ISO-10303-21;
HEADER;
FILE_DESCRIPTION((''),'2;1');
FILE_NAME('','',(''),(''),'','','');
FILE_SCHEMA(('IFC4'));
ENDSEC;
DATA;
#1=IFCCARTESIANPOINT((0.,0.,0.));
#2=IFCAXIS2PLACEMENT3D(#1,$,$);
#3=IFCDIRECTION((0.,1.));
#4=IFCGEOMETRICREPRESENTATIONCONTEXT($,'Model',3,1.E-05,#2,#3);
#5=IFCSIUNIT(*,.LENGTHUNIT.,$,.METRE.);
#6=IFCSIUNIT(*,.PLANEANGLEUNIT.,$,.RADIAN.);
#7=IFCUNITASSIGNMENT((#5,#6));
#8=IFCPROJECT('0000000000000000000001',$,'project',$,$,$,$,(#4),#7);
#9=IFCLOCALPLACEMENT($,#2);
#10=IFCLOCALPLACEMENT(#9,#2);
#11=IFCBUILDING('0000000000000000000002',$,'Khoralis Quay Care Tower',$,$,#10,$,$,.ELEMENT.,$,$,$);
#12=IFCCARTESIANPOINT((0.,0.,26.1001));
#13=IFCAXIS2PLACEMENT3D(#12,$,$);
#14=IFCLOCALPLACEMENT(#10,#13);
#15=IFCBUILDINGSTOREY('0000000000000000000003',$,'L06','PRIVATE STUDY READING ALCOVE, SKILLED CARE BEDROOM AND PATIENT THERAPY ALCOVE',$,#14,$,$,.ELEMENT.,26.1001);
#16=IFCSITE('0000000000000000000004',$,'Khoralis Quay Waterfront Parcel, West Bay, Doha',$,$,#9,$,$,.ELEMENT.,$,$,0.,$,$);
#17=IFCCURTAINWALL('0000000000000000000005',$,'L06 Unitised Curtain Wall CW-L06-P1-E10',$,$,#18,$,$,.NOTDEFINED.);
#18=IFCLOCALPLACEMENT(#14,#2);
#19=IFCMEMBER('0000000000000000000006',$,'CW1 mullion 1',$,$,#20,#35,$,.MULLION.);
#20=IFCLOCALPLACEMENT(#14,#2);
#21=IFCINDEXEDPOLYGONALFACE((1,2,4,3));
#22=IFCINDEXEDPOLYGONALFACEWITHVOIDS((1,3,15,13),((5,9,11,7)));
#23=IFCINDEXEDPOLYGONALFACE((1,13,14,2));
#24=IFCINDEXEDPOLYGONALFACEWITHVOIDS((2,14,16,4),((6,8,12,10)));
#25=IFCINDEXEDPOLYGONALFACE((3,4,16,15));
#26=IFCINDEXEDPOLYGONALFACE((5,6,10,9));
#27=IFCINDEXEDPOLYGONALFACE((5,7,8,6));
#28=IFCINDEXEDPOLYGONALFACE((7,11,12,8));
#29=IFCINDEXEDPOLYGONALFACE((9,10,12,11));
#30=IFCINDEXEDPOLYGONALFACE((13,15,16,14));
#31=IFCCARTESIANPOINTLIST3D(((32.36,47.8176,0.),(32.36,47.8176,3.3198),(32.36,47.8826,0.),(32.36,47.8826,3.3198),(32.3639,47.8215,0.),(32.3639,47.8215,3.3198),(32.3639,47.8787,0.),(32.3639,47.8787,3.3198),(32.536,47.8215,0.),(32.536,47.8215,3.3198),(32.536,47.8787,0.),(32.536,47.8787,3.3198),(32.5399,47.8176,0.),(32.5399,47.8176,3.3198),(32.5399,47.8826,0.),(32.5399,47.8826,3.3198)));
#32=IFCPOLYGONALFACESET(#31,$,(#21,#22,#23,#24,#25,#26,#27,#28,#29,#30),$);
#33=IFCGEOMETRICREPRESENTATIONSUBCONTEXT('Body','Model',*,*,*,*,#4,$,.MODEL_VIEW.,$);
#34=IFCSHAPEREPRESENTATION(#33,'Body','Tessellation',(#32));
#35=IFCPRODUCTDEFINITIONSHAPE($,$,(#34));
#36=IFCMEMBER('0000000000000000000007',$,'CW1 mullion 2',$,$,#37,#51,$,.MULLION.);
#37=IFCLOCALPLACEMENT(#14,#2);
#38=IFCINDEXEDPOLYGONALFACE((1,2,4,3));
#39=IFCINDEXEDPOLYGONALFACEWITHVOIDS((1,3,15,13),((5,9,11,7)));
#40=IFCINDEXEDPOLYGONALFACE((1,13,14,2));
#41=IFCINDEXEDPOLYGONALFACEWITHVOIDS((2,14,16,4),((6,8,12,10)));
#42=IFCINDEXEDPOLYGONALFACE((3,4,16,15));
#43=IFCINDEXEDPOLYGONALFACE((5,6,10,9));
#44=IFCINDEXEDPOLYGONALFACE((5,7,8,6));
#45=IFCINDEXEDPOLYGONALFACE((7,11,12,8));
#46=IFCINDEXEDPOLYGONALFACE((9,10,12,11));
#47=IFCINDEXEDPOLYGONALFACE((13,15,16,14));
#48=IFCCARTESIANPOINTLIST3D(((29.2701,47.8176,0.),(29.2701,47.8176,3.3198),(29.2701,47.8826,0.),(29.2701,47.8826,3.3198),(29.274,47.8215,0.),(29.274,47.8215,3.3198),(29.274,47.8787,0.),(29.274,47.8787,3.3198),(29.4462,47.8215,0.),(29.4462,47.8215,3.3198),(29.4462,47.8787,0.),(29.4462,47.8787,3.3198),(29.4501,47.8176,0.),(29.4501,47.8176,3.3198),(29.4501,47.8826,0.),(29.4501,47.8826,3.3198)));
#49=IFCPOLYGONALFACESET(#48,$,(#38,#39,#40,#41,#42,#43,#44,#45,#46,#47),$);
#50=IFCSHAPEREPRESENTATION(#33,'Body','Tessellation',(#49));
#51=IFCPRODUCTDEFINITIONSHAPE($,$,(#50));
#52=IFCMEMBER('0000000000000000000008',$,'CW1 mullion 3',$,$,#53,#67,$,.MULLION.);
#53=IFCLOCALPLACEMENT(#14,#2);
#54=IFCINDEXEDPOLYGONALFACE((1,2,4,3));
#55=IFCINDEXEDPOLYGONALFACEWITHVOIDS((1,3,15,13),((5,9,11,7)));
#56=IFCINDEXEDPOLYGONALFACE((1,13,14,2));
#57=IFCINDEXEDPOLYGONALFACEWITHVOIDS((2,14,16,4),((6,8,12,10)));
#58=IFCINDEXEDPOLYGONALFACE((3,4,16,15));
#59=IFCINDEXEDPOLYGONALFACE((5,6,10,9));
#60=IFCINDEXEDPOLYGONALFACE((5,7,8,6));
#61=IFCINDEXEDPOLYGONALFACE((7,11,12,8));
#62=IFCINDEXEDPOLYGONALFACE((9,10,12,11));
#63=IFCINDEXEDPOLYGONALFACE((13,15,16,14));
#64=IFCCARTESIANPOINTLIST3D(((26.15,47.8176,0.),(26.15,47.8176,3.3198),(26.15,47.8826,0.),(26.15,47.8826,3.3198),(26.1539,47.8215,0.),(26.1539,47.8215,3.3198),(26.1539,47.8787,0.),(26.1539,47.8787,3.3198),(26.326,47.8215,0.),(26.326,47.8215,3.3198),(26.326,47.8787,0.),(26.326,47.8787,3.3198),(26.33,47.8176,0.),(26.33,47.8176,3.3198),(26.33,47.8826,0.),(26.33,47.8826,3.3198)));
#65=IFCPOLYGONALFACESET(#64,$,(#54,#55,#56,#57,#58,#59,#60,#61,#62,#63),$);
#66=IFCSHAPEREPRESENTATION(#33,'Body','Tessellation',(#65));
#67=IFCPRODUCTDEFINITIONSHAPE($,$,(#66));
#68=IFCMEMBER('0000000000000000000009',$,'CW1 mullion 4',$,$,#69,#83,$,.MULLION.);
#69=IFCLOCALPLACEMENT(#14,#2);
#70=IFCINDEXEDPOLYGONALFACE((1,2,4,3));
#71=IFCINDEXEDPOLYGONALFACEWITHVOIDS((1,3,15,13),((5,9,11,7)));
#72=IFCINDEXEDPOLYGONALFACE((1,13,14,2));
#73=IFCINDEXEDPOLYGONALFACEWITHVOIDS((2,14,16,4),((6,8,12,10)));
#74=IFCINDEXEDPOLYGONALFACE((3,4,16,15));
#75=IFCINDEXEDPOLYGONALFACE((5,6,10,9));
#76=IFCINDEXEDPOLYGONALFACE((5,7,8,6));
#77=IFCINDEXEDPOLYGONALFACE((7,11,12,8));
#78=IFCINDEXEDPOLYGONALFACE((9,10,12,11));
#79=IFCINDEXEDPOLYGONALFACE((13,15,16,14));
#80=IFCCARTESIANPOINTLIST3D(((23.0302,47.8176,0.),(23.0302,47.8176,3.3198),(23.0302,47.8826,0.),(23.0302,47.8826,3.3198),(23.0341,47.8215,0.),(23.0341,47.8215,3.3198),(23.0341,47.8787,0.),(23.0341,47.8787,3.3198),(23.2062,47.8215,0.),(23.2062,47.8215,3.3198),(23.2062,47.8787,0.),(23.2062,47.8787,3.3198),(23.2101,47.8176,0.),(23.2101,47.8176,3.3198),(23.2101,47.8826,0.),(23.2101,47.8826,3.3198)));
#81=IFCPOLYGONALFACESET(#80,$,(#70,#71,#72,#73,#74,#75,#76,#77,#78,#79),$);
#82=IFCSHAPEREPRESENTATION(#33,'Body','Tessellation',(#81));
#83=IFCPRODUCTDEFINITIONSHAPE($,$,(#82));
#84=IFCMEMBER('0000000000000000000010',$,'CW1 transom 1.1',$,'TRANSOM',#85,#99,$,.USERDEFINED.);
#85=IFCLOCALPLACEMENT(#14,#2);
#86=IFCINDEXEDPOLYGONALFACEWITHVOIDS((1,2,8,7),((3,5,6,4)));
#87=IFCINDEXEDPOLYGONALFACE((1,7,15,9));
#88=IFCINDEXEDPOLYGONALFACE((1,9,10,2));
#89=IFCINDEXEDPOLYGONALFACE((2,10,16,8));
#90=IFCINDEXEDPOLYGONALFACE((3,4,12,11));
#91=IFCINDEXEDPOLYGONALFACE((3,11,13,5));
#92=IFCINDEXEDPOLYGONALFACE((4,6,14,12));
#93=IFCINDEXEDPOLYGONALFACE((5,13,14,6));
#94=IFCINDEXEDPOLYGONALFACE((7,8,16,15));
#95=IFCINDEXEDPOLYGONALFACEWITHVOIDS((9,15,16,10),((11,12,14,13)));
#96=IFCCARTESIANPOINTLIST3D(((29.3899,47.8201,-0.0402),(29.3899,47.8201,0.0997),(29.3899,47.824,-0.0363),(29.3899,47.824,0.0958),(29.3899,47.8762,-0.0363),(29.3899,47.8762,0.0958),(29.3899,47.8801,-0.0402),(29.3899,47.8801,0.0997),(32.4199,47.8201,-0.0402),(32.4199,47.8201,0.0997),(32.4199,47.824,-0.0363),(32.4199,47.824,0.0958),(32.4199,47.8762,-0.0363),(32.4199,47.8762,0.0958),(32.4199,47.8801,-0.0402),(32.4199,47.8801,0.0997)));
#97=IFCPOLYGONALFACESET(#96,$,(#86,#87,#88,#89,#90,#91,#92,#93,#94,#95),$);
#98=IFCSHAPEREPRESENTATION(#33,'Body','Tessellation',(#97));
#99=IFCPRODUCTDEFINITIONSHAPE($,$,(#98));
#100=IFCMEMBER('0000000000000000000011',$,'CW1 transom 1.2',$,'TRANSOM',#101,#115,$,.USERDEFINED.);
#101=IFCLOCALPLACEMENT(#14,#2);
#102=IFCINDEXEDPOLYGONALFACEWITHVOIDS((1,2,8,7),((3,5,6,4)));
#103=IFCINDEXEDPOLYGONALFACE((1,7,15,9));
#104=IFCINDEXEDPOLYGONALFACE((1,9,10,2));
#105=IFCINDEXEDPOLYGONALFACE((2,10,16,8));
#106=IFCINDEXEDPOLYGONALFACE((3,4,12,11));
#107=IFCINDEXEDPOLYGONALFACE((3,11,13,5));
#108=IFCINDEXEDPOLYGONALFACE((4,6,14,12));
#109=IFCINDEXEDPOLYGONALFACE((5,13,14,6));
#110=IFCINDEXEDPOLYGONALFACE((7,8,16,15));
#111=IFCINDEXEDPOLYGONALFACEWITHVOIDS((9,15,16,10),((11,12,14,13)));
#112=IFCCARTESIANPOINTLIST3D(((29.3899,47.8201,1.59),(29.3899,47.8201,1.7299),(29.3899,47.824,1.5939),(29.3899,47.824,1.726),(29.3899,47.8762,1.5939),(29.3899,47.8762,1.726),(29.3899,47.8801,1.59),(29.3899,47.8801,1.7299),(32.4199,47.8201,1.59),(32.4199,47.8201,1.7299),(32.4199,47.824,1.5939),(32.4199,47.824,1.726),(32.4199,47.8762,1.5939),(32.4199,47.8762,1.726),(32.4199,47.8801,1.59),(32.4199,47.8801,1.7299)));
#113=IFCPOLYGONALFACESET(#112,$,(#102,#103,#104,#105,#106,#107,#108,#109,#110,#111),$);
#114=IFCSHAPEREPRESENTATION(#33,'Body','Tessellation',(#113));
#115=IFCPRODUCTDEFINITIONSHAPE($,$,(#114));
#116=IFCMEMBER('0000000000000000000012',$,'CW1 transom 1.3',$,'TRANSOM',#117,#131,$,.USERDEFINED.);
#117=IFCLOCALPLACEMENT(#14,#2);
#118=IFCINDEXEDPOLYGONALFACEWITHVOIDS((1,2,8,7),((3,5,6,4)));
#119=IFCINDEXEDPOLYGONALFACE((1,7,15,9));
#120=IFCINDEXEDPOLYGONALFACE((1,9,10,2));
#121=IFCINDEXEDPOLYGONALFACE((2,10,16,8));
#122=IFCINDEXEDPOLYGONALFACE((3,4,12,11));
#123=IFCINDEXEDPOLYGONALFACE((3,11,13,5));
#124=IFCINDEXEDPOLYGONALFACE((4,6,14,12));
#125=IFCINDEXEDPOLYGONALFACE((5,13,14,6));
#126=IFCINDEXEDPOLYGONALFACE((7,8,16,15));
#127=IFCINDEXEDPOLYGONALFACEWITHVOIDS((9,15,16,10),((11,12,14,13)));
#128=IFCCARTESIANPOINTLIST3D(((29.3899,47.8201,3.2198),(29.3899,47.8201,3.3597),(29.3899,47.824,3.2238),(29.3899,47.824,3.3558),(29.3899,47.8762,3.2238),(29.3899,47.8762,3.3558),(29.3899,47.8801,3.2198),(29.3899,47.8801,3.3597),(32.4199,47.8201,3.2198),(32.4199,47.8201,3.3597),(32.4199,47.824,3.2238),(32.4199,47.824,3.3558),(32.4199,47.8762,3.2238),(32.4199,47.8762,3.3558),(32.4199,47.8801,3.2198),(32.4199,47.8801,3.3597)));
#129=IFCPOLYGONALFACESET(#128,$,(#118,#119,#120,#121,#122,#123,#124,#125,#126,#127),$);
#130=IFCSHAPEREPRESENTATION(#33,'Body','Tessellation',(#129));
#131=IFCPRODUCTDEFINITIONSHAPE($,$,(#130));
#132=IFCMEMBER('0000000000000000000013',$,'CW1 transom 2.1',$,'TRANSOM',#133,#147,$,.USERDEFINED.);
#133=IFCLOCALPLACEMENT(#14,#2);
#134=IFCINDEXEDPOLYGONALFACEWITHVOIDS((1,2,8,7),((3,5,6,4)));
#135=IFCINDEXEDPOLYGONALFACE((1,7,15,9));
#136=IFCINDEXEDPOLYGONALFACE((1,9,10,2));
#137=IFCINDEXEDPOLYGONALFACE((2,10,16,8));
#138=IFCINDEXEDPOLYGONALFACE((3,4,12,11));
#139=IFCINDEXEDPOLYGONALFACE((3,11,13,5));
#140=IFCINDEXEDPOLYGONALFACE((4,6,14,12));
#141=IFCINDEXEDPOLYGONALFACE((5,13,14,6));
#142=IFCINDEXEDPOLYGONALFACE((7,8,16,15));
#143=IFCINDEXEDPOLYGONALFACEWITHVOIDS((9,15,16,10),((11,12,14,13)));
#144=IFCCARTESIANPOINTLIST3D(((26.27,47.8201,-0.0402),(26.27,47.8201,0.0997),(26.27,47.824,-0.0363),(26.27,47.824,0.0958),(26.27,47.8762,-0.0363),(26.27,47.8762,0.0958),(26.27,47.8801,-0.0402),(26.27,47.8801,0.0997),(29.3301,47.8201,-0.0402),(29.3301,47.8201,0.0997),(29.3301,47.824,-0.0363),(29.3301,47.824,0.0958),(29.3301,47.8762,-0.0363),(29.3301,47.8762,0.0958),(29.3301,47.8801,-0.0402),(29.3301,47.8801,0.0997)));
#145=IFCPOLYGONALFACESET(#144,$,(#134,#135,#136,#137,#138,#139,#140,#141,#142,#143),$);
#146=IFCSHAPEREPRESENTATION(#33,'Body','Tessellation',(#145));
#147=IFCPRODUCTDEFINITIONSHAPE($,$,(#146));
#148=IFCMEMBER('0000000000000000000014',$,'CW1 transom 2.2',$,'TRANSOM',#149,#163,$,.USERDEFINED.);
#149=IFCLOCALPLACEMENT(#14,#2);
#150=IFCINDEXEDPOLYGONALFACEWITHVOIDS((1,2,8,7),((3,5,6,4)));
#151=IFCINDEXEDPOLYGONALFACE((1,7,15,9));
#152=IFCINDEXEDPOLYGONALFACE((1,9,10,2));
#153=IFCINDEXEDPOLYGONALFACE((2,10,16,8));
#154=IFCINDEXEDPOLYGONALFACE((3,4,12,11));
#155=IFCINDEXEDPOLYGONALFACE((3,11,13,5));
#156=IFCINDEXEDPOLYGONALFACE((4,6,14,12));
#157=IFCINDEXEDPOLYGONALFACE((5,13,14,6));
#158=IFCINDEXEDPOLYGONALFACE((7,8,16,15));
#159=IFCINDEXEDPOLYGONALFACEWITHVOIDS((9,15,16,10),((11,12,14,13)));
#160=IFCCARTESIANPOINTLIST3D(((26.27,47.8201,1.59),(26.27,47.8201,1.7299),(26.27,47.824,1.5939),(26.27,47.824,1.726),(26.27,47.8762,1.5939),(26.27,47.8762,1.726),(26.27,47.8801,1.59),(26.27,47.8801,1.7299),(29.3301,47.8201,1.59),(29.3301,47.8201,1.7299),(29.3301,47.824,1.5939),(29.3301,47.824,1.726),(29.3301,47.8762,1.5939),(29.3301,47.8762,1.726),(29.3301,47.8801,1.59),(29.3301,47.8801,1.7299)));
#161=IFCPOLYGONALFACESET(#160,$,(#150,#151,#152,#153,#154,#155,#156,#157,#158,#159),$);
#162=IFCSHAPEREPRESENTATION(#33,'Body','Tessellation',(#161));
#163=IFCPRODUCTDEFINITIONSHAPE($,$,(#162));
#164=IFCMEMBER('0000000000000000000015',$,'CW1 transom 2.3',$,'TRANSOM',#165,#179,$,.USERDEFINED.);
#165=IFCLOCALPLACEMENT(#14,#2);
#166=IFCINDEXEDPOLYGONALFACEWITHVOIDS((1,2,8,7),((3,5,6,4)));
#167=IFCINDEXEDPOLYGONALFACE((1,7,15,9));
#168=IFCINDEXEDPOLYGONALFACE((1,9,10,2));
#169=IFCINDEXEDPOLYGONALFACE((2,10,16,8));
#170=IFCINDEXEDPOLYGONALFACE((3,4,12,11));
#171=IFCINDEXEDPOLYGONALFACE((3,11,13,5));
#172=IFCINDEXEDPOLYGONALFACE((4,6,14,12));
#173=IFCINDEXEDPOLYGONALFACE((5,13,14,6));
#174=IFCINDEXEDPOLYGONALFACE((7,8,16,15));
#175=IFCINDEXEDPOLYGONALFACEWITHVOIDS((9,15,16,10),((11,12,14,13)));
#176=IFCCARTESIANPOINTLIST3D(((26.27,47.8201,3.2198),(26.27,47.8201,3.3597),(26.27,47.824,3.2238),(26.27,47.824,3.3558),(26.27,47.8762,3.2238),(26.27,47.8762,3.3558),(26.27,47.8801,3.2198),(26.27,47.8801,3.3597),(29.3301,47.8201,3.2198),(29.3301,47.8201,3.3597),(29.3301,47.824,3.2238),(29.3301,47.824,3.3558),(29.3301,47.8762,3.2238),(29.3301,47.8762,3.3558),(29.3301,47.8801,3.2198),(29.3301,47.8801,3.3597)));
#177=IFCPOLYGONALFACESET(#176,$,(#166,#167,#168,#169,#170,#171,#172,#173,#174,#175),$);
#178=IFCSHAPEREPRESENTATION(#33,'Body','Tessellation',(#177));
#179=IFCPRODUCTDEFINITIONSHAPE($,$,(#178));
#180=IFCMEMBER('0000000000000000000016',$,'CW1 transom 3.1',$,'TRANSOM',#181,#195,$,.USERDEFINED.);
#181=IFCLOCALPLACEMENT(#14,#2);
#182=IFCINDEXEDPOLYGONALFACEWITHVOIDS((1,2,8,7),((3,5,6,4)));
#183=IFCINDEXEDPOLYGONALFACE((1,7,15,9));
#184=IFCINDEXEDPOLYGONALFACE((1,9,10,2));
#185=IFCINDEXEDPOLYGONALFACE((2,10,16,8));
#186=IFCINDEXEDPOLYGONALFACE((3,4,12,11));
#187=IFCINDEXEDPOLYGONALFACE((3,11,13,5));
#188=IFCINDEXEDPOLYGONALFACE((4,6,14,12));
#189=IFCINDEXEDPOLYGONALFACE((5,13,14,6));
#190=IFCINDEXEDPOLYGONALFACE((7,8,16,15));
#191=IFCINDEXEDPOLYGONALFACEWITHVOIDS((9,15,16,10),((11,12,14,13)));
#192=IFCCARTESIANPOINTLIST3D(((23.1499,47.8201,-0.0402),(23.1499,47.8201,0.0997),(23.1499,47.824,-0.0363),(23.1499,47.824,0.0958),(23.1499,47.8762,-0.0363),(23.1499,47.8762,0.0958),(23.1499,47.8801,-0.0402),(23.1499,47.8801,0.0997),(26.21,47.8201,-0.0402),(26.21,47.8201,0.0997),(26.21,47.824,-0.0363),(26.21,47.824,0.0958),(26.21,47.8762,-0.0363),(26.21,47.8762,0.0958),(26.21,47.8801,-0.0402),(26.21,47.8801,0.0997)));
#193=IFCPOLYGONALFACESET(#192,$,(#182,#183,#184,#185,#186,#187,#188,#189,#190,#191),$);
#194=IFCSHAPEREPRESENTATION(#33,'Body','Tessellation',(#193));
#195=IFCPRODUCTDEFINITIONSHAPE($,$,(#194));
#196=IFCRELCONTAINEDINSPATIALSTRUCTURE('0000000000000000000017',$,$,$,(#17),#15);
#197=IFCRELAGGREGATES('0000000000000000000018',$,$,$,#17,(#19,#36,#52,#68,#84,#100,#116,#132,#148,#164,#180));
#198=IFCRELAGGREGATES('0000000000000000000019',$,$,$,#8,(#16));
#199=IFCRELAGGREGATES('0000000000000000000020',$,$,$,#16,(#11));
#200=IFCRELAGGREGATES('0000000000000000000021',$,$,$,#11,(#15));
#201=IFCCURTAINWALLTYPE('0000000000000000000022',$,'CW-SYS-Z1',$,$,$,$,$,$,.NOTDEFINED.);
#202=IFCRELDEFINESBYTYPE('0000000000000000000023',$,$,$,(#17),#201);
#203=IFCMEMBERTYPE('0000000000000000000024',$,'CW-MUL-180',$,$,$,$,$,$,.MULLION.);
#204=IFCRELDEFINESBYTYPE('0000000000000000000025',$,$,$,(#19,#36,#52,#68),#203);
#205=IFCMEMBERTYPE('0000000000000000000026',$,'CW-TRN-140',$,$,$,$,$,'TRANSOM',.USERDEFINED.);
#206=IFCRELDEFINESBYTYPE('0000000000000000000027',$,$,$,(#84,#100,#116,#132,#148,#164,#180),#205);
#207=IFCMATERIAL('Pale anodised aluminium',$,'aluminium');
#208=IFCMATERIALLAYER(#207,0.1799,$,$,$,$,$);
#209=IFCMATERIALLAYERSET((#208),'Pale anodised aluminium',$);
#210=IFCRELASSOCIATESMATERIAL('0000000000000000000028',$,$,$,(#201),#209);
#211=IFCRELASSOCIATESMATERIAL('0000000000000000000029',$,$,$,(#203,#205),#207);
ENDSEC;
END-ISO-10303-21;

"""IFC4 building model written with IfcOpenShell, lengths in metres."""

from ifc_helpers import new_model, si_unit, direction, frame, origin, origin_2d, place, context, subcontext, project, spatial, hollow_rectangle, extrude, source, transform, mapped, material, layer, layer_set, material_profile, profile_set, type_object, element, aggregate, save


model = new_model("IFC4")

# Units and contexts
model_context = context("Model", 3, precision=1e-05, world=origin(), true_north=direction((0.0, 1.0)))
body_context = subcontext(model_context, "Body", "Model", "MODEL_VIEW")
ifc_project = project(units=[si_unit("LENGTHUNIT", "METRE"), si_unit("PLANEANGLEUNIT", "RADIAN")], contexts=[model_context])

# Site, building, storey
site_placement = place(None, origin())
site = spatial("IfcSite", under=ifc_project, at=site_placement, Name="Khoralis Quay Waterfront Parcel, West Bay, Doha", CompositionType="ELEMENT", RefElevation=0.0)
building_placement = place(site_placement, origin())
building = spatial("IfcBuilding", under=site, at=building_placement, Name="Khoralis Quay Care Tower", CompositionType="ELEMENT")
storey_placement = place(building_placement, frame((0.0, 0.0, 26.1001)))
storey = spatial("IfcBuildingStorey", under=building, at=storey_placement, Name="L06", Description="PRIVATE STUDY READING ALCOVE, SKILLED CARE BEDROOM AND PATIENT THERAPY ALCOVE", CompositionType="ELEMENT", Elevation=26.1001)

# Curtain wall, members
ifc_material_1 = material(Name="Pale anodised aluminium", Category="aluminium")
ifc_layer_1 = layer(ifc_material_1, 0.1799)
ifc_layer_set_1 = layer_set([ifc_layer_1], Name="Pale anodised aluminium")
curtain_wall_type = type_object("IfcCurtainWallType", Name="CW-SYS-Z1", PredefinedType="NOTDEFINED", material=ifc_layer_set_1)
curtain_wall_placement = place(storey_placement, origin())
curtain_wall = element("IfcCurtainWall", 1, at=curtain_wall_placement, inside=storey, type_object=curtain_wall_type, Name="L06 Unitised Curtain Wall CW-L06-P1-E10", PredefinedType="NOTDEFINED")
ifc_material_profile_1 = material_profile(ifc_material_1, hollow_rectangle(XDim=0.0649, YDim=0.1799, WallThickness=0.0039, at=origin_2d()), Name="Pale anodised aluminium")
ifc_profile_set_1 = profile_set([ifc_material_profile_1], Name="Pale anodised aluminium")
member_type_1 = type_object("IfcMemberType", Name="CW-MUL-180", PredefinedType="MULLION", material=ifc_profile_set_1)
shared_shape_1 = source(origin(), body_context, "Body", "SweptSolid", [
    extrude(hollow_rectangle(XDim=0.0649, YDim=0.1799, WallThickness=0.0039, at=origin_2d()), origin(), (0.0, 0.0, 1.0), 3.3198),
])
member_1_placement = place(storey_placement, frame((32.45, 47.8501, 0.0), z_axis=(0.0, 0.0, 1.0), x_axis=(0.0, -1.0, 0.0)))
member_1 = element("IfcMember", 2, at=member_1_placement, type_object=member_type_1, Name="CW1 mullion 1", PredefinedType="MULLION", context=body_context, shape_type="MappedRepresentation", body=[
    mapped(shared_shape_1, transform((0.0, 0.0, 0.0), scale=1.0)),
])
member_2_placement = place(storey_placement, frame((29.3601, 47.8501, 0.0), z_axis=(0.0, 0.0, 1.0), x_axis=(0.0, -1.0, 0.0)))
member_2 = element("IfcMember", 3, at=member_2_placement, type_object=member_type_1, Name="CW1 mullion 2", PredefinedType="MULLION", context=body_context, shape_type="MappedRepresentation", body=[
    mapped(shared_shape_1, transform((0.0, 0.0, 0.0), scale=1.0)),
])
member_3_placement = place(storey_placement, frame((26.24, 47.8501, 0.0), z_axis=(0.0, 0.0, 1.0), x_axis=(0.0, -1.0, 0.0)))
member_3 = element("IfcMember", 4, at=member_3_placement, type_object=member_type_1, Name="CW1 mullion 3", PredefinedType="MULLION", context=body_context, shape_type="MappedRepresentation", body=[
    mapped(shared_shape_1, transform((0.0, 0.0, 0.0), scale=1.0)),
])
member_4_placement = place(storey_placement, frame((23.1201, 47.8501, 0.0), z_axis=(0.0, 0.0, 1.0), x_axis=(0.0, -1.0, 0.0)))
member_4 = element("IfcMember", 5, at=member_4_placement, type_object=member_type_1, Name="CW1 mullion 4", PredefinedType="MULLION", context=body_context, shape_type="MappedRepresentation", body=[
    mapped(shared_shape_1, transform((0.0, 0.0, 0.0), scale=1.0)),
])
ifc_material_profile_2 = material_profile(ifc_material_1, hollow_rectangle(XDim=0.0601, YDim=0.1399, WallThickness=0.0039, at=origin_2d()), Name="Pale anodised aluminium")
ifc_profile_set_2 = profile_set([ifc_material_profile_2], Name="Pale anodised aluminium")
member_type_2 = type_object("IfcMemberType", Name="CW-TRN-140", ElementType="TRANSOM", PredefinedType="USERDEFINED", material=ifc_profile_set_2)
shared_shape_2 = source(origin(), body_context, "Body", "SweptSolid", [
    extrude(hollow_rectangle(XDim=0.0601, YDim=0.1399, WallThickness=0.0039, at=origin_2d()), origin(), (0.0, 0.0, 1.0), 3.03),
])
member_5_placement = place(storey_placement, frame((32.4199, 47.8501, 0.0298), z_axis=(-1.0, 0.0, 0.0), x_axis=(0.0, -1.0, 0.0)))
member_5 = element("IfcMember", 6, at=member_5_placement, type_object=member_type_2, Name="CW1 transom 1.1", ObjectType="TRANSOM", PredefinedType="USERDEFINED", context=body_context, shape_type="MappedRepresentation", body=[
    mapped(shared_shape_2, transform((0.0, 0.0, 0.0), scale=1.0)),
])
member_6_placement = place(storey_placement, frame((32.4199, 47.8501, 1.6599), z_axis=(-1.0, 0.0, 0.0), x_axis=(0.0, -1.0, 0.0)))
member_6 = element("IfcMember", 7, at=member_6_placement, type_object=member_type_2, Name="CW1 transom 1.2", ObjectType="TRANSOM", PredefinedType="USERDEFINED", context=body_context, shape_type="MappedRepresentation", body=[
    mapped(shared_shape_2, transform((0.0, 0.0, 0.0), scale=1.0)),
])
member_7_placement = place(storey_placement, frame((32.4199, 47.8501, 3.2898), z_axis=(-1.0, 0.0, 0.0), x_axis=(0.0, -1.0, 0.0)))
member_7 = element("IfcMember", 8, at=member_7_placement, type_object=member_type_2, Name="CW1 transom 1.3", ObjectType="TRANSOM", PredefinedType="USERDEFINED", context=body_context, shape_type="MappedRepresentation", body=[
    mapped(shared_shape_2, transform((0.0, 0.0, 0.0), scale=1.0)),
])
shared_shape_3 = source(origin(), body_context, "Body", "SweptSolid", [
    extrude(hollow_rectangle(XDim=0.0601, YDim=0.1399, WallThickness=0.0039, at=origin_2d()), origin(), (0.0, 0.0, 1.0), 3.0601),
])
member_8_placement = place(storey_placement, frame((29.3301, 47.8501, 0.0298), z_axis=(-1.0, 0.0, 0.0), x_axis=(0.0, -1.0, 0.0)))
member_8 = element("IfcMember", 9, at=member_8_placement, type_object=member_type_2, Name="CW1 transom 2.1", ObjectType="TRANSOM", PredefinedType="USERDEFINED", context=body_context, shape_type="MappedRepresentation", body=[
    mapped(shared_shape_3, transform((0.0, 0.0, 0.0), scale=1.0)),
])
member_9_placement = place(storey_placement, frame((29.3301, 47.8501, 1.6599), z_axis=(-1.0, 0.0, 0.0), x_axis=(0.0, -1.0, 0.0)))
member_9 = element("IfcMember", 10, at=member_9_placement, type_object=member_type_2, Name="CW1 transom 2.2", ObjectType="TRANSOM", PredefinedType="USERDEFINED", context=body_context, shape_type="MappedRepresentation", body=[
    mapped(shared_shape_3, transform((0.0, 0.0, 0.0), scale=1.0)),
])
member_10_placement = place(storey_placement, frame((29.3301, 47.8501, 3.2898), z_axis=(-1.0, 0.0, 0.0), x_axis=(0.0, -1.0, 0.0)))
member_10 = element("IfcMember", 11, at=member_10_placement, type_object=member_type_2, Name="CW1 transom 2.3", ObjectType="TRANSOM", PredefinedType="USERDEFINED", context=body_context, shape_type="MappedRepresentation", body=[
    mapped(shared_shape_3, transform((0.0, 0.0, 0.0), scale=1.0)),
])
member_11_placement = place(storey_placement, frame((26.21, 47.8501, 0.0298), z_axis=(-1.0, 0.0, 0.0), x_axis=(0.0, -1.0, 0.0)))
member_11 = element("IfcMember", 12, at=member_11_placement, type_object=member_type_2, Name="CW1 transom 3.1", ObjectType="TRANSOM", PredefinedType="USERDEFINED", context=body_context, shape_type="MappedRepresentation", body=[
    mapped(shared_shape_3, transform((0.0, 0.0, 0.0), scale=1.0)),
])

aggregate(curtain_wall, [member_1, member_2, member_3, member_4, member_5, member_6, member_7, member_8, member_9, member_10, member_11])

save(model, "model.ifc")
